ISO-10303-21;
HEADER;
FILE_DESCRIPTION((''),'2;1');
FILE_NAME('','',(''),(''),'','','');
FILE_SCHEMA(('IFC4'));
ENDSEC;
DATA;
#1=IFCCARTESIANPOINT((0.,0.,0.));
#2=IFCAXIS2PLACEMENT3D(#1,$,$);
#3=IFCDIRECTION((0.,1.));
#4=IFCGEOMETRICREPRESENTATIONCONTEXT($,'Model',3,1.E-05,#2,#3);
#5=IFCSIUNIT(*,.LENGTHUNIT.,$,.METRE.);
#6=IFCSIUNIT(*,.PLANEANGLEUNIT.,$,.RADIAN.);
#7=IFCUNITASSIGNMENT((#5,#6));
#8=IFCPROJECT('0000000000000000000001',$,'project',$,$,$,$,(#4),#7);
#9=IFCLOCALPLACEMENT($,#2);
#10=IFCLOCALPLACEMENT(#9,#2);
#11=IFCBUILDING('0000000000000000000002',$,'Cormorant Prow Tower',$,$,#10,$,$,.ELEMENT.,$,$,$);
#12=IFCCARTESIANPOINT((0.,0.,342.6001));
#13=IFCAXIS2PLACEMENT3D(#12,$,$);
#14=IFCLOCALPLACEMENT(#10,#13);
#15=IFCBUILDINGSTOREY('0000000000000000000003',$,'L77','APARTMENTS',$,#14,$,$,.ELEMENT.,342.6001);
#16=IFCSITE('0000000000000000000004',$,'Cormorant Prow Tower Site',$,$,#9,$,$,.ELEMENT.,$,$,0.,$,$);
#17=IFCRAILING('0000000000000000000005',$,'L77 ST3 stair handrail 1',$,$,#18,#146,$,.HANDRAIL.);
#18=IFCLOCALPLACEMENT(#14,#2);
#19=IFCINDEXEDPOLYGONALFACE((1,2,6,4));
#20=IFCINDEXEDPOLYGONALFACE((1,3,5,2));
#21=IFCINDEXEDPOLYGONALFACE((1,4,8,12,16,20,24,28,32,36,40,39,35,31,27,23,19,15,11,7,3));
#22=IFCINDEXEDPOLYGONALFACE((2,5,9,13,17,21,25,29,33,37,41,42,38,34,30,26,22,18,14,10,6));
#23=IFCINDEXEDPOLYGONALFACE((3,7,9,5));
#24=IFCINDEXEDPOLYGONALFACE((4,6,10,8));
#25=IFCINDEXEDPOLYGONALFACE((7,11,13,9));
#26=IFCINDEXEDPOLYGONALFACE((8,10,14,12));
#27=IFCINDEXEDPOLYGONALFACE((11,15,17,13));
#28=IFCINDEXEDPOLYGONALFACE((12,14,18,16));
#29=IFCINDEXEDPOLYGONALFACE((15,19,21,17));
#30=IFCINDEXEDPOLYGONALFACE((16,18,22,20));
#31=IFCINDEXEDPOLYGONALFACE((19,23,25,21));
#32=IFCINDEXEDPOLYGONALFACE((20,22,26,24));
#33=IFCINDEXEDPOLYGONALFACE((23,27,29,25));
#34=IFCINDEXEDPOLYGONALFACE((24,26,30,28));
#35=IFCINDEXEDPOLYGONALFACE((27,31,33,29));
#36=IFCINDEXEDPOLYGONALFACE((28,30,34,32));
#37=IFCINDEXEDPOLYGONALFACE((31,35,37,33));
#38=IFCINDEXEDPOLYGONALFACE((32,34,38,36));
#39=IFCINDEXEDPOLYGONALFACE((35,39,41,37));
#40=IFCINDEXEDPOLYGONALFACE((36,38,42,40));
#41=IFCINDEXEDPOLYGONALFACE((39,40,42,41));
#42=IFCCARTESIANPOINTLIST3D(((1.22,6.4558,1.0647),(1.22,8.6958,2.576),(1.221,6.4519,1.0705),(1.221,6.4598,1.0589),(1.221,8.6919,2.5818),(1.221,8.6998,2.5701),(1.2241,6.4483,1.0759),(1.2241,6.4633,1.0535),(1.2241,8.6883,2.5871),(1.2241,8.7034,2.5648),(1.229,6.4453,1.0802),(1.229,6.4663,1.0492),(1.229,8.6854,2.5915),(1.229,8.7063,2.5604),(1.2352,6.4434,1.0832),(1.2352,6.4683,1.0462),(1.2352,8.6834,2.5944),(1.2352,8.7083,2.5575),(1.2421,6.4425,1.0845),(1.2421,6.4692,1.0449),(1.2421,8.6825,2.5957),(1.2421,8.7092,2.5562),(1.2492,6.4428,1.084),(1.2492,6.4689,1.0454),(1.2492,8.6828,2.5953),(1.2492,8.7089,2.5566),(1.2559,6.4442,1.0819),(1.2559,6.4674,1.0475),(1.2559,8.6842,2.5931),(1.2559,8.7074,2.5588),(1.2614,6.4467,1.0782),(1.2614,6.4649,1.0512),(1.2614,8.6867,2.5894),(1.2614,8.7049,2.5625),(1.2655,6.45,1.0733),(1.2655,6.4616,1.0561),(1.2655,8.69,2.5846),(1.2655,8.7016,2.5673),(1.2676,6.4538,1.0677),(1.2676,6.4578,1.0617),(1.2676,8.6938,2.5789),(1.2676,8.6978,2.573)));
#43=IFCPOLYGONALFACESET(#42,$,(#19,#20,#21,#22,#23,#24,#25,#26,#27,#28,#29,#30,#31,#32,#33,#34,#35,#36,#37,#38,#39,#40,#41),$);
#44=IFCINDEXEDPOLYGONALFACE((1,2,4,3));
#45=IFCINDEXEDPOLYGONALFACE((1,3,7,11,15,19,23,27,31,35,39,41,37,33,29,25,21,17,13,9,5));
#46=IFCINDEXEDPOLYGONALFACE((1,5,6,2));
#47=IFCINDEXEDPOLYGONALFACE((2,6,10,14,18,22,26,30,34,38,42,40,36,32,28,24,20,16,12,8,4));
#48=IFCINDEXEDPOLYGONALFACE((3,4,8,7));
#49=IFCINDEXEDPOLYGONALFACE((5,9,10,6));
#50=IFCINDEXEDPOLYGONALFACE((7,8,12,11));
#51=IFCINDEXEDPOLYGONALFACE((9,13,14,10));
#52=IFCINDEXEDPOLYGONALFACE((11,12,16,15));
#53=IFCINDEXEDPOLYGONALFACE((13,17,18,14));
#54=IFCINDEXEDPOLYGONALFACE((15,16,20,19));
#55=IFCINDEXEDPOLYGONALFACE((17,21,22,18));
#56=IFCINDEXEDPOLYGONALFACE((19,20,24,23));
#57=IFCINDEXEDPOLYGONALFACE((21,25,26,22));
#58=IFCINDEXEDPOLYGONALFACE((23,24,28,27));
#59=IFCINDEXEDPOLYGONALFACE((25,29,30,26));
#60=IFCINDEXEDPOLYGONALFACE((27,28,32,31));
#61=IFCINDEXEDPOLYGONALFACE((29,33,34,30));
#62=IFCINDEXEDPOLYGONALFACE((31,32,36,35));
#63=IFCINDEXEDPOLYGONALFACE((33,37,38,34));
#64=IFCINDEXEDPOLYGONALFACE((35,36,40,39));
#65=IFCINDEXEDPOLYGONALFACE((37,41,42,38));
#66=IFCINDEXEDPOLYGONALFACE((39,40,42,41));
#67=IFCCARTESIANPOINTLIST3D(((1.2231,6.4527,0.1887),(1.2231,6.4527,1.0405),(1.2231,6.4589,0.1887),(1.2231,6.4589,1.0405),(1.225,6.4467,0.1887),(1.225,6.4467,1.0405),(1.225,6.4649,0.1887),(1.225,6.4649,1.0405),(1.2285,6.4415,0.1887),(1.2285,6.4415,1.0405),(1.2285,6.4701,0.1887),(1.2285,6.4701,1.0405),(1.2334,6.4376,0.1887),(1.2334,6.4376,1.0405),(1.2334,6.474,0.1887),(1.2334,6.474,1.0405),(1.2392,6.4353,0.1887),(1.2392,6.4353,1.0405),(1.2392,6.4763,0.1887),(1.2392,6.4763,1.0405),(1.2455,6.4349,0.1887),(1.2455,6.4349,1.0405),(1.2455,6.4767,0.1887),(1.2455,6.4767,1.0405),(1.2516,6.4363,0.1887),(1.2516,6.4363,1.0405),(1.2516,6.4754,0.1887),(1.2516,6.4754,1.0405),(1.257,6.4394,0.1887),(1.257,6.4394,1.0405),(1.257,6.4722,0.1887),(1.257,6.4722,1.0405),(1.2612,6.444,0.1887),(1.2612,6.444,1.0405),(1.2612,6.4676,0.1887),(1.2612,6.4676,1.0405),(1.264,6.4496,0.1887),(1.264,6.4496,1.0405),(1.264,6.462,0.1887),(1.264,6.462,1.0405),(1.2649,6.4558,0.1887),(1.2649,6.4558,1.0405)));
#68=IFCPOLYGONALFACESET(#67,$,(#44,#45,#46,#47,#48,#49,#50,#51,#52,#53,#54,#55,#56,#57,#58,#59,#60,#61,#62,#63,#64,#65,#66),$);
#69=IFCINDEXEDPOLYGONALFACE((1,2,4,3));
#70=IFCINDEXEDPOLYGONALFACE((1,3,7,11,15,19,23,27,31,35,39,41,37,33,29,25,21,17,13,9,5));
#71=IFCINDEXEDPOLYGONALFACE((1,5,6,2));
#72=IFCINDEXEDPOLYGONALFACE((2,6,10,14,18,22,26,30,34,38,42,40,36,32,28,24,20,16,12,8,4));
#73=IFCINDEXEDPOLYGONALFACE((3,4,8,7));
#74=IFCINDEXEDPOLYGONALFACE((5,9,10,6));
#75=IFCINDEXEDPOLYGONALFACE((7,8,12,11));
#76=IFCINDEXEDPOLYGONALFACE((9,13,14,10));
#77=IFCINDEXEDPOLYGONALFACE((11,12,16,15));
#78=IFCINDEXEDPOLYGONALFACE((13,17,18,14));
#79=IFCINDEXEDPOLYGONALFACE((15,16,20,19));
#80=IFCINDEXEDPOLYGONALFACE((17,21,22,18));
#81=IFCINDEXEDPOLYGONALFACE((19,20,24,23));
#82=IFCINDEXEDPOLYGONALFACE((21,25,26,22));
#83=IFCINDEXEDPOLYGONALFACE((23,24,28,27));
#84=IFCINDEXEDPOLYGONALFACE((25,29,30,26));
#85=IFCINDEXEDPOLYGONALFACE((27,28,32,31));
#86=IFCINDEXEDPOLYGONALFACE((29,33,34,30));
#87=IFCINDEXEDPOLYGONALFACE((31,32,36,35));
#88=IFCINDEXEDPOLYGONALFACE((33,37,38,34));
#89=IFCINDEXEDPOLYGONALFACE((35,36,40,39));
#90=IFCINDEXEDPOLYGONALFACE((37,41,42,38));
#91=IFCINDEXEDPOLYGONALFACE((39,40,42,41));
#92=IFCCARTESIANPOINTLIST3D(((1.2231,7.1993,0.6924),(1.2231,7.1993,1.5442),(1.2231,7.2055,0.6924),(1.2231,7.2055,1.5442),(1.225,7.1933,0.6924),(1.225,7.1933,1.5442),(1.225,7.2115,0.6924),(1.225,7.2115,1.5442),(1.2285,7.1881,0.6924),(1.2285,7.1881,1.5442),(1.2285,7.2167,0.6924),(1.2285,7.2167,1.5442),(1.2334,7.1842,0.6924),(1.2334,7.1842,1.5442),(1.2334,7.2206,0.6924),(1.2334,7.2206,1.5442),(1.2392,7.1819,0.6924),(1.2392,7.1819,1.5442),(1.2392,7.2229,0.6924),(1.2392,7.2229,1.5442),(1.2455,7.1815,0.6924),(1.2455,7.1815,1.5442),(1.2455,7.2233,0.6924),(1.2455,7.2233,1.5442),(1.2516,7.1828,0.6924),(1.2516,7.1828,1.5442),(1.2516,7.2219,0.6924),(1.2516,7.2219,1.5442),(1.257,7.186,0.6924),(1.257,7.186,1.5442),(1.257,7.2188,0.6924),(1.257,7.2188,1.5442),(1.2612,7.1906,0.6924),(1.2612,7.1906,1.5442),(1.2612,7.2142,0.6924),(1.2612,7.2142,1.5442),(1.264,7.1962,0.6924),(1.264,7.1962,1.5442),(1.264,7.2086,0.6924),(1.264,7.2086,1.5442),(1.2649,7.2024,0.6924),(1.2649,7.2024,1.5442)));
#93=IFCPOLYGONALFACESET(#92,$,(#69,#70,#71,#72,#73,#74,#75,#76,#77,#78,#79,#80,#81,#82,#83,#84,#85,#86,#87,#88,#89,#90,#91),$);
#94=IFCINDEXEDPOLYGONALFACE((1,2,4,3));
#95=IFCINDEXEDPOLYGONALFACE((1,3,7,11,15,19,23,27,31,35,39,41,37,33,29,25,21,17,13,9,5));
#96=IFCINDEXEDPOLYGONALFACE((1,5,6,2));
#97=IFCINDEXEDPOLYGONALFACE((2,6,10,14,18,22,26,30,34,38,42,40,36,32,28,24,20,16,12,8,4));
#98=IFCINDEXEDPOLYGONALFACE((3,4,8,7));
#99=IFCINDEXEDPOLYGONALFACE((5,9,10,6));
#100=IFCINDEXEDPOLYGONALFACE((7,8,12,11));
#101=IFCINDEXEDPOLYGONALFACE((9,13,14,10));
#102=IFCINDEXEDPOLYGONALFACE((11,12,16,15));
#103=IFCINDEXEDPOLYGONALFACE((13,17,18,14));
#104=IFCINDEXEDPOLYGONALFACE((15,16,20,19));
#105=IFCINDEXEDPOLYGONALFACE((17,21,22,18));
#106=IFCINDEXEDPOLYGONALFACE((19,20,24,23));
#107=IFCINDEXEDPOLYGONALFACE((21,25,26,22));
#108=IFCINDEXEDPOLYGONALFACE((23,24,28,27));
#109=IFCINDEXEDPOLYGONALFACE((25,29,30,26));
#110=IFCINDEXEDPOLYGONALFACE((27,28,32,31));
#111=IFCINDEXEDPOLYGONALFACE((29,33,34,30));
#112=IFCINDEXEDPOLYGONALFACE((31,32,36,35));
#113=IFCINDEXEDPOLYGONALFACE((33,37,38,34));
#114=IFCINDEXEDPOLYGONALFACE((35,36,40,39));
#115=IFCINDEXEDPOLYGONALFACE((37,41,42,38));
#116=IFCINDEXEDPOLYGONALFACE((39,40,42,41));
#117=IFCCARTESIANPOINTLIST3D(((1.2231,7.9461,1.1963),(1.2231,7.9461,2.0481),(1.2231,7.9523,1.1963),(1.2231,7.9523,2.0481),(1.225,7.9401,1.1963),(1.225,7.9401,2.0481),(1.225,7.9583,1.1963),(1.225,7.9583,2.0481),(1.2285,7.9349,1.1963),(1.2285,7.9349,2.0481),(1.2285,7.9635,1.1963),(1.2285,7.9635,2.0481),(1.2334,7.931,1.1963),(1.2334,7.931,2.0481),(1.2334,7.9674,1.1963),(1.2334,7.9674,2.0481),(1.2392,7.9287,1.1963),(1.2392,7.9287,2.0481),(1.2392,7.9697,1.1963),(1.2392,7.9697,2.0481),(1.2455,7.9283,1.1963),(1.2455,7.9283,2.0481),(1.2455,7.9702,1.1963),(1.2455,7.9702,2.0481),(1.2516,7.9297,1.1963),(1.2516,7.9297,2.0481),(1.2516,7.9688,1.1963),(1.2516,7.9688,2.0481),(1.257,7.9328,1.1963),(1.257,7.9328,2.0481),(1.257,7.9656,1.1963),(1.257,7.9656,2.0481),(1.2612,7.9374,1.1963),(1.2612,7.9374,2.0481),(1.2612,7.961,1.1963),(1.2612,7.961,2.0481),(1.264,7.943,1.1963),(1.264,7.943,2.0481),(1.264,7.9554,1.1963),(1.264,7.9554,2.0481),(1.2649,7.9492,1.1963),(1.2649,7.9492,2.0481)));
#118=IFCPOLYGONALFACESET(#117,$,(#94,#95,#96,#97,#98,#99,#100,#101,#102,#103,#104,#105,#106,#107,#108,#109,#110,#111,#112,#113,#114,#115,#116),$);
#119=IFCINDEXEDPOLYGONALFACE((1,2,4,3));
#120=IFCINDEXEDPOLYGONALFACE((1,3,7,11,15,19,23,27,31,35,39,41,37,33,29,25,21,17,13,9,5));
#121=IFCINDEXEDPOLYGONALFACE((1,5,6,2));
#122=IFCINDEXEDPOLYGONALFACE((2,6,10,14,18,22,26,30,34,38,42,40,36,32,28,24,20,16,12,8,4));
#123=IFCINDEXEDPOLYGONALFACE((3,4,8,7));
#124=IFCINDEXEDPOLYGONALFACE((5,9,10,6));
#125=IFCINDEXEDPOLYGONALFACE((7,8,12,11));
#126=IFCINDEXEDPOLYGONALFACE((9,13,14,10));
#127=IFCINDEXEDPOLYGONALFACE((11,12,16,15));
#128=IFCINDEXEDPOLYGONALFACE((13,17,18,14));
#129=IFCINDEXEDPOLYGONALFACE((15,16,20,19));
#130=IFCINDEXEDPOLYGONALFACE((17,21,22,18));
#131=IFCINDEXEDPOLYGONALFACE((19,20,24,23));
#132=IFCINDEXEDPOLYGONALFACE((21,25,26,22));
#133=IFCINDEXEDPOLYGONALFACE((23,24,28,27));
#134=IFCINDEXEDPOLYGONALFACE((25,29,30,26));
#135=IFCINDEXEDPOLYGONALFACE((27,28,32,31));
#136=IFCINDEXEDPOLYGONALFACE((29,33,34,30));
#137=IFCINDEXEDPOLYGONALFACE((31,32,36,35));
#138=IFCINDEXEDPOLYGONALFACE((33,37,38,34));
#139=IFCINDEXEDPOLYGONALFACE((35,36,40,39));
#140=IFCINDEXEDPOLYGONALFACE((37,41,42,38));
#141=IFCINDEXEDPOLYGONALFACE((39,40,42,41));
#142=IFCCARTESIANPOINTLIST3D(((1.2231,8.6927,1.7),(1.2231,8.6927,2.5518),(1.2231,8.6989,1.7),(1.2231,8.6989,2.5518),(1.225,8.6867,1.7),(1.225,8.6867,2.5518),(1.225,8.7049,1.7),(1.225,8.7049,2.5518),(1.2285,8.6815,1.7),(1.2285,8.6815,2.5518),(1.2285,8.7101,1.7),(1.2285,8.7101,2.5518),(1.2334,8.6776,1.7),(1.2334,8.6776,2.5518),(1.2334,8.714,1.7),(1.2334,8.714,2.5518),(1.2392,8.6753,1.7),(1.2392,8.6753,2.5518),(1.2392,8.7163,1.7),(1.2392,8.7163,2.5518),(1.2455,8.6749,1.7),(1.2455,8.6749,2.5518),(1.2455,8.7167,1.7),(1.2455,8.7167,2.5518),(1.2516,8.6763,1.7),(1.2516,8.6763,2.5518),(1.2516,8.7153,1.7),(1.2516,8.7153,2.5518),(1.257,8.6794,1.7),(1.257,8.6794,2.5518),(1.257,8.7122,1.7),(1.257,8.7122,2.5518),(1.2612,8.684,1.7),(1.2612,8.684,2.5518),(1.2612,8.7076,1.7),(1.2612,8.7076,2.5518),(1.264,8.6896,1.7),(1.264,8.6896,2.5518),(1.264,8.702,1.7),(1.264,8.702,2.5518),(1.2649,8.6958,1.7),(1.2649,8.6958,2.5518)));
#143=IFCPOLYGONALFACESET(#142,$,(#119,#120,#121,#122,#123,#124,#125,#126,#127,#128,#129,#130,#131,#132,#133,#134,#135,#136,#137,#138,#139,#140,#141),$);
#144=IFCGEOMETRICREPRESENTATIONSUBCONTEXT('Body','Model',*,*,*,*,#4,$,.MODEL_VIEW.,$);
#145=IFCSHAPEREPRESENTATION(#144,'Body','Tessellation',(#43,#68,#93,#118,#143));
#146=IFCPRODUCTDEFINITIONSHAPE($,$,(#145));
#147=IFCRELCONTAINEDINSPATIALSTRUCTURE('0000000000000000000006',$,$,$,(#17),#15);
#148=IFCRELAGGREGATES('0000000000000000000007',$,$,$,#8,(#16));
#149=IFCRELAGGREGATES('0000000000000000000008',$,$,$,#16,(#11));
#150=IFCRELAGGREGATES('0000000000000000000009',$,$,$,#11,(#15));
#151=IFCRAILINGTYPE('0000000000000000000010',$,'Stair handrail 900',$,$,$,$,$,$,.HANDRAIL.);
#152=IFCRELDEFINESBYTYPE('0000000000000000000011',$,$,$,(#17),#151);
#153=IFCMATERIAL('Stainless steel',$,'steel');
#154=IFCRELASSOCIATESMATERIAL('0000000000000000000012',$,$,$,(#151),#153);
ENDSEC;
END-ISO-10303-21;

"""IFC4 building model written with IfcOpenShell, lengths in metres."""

from ifc_helpers import new_model, si_unit, direction, frame, origin, origin_2d, place, context, subcontext, project, spatial, circle, extrude, material, type_object, element, save


model = new_model("IFC4")

# Units and contexts
model_context = context("Model", 3, precision=1e-05, world=origin(), true_north=direction((0.0, 1.0)))
body_context = subcontext(model_context, "Body", "Model", "MODEL_VIEW")
ifc_project = project(units=[si_unit("LENGTHUNIT", "METRE"), si_unit("PLANEANGLEUNIT", "RADIAN")], contexts=[model_context])

# Site, building, storey
site_placement = place(None, origin())
site = spatial("IfcSite", under=ifc_project, at=site_placement, Name="Cormorant Prow Tower Site", CompositionType="ELEMENT", RefElevation=0.0)
building_placement = place(site_placement, origin())
building = spatial("IfcBuilding", under=site, at=building_placement, Name="Cormorant Prow Tower", CompositionType="ELEMENT")
storey_placement = place(building_placement, frame((0.0, 0.0, 342.6001)))
storey = spatial("IfcBuildingStorey", under=building, at=storey_placement, Name="L77", Description="APARTMENTS", CompositionType="ELEMENT", Elevation=342.6001)

# Railing
ifc_material_1 = material(Name="Stainless steel", Category="steel")
railing_type_1 = type_object("IfcRailingType", Name="Stair handrail 900", PredefinedType="HANDRAIL", material=ifc_material_1)
railing_1_placement = place(storey_placement, frame((1.2439, 6.4558, 0.1887)))
element("IfcRailing", 1, at=railing_1_placement, inside=storey, type_object=railing_type_1, Name="L77 ST3 stair handrail 1", PredefinedType="HANDRAIL", context=body_context, shape_type="SweptSolid", body=[
    extrude(circle(Radius=0.0239, at=origin_2d()), frame((0.0, 0.0, 0.876), z_axis=(0.0, 0.82898, 0.559279), x_axis=(-1.0, 0.0, 0.0)), (0.0, 0.0, 1.0), 2.7021),
    extrude(circle(Radius=0.021, at=origin_2d()), origin(), (0.0, 0.0, 1.0), 0.8518),
    extrude(circle(Radius=0.021, at=origin_2d()), frame((0.0, 0.7466, 0.5037)), (0.0, 0.0, 1.0), 0.8518),
    extrude(circle(Radius=0.021, at=origin_2d()), frame((0.0, 1.4934, 1.0076)), (0.0, 0.0, 1.0), 0.8518),
    extrude(circle(Radius=0.021, at=origin_2d()), frame((0.0, 2.24, 1.5112)), (0.0, 0.0, 1.0), 0.8518),
])

save(model, "model.ifc")
